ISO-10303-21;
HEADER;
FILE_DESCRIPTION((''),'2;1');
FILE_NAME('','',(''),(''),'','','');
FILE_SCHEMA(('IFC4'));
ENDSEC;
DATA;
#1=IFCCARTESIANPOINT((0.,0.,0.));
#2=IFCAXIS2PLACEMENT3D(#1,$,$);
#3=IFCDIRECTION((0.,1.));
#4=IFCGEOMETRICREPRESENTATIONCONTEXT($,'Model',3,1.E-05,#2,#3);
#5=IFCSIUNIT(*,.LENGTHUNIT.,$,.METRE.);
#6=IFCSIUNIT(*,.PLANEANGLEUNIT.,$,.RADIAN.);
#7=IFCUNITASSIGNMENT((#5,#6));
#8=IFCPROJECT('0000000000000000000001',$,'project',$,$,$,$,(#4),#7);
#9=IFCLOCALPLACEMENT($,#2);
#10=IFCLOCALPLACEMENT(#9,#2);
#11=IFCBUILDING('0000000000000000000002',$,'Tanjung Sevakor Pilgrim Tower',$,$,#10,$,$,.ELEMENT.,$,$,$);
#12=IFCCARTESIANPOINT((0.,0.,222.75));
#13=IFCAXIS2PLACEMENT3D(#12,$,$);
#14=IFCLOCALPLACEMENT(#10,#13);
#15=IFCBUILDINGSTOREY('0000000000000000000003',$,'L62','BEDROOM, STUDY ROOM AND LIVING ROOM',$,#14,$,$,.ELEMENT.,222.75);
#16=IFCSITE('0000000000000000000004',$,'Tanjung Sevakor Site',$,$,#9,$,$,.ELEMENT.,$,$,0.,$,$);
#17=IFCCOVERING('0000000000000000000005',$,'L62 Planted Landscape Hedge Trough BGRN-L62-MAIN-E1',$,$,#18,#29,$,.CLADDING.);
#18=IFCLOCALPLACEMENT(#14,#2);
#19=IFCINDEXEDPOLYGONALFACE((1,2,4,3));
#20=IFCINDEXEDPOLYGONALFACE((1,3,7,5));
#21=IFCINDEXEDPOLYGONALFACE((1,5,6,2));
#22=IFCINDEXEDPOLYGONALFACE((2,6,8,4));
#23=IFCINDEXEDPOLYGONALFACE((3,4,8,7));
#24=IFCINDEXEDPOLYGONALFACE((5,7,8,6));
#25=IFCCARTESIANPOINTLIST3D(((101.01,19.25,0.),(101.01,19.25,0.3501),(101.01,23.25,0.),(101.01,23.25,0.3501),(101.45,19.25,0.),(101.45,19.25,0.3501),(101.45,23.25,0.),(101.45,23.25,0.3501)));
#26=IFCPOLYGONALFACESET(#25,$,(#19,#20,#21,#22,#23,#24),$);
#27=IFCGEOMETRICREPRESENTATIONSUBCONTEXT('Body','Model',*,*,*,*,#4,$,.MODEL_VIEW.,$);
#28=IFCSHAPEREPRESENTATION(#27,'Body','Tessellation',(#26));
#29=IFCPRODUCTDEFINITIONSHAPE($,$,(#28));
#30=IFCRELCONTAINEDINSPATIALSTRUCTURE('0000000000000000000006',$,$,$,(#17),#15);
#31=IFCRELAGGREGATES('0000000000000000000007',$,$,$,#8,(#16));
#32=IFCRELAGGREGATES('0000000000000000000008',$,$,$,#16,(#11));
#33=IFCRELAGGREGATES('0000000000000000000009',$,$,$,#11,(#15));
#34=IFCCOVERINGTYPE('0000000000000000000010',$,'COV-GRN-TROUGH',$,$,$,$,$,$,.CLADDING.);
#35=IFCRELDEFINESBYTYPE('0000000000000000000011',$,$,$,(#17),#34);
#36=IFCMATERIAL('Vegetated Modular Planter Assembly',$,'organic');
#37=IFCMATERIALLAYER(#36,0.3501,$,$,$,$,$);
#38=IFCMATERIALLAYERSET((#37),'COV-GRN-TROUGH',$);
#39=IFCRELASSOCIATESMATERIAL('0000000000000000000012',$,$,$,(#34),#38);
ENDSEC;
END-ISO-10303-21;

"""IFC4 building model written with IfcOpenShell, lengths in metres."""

from ifc_helpers import new_model, si_unit, direction, frame, origin, place, context, subcontext, project, spatial, polyline, outline, extrude, material, layer, layer_set, type_object, element, save


model = new_model("IFC4")

# Units and contexts
model_context = context("Model", 3, precision=1e-05, world=origin(), true_north=direction((0.0, 1.0)))
body_context = subcontext(model_context, "Body", "Model", "MODEL_VIEW")
ifc_project = project(units=[si_unit("LENGTHUNIT", "METRE"), si_unit("PLANEANGLEUNIT", "RADIAN")], contexts=[model_context])

# Site, building, storey
site_placement = place(None, origin())
site = spatial("IfcSite", under=ifc_project, at=site_placement, Name="Tanjung Sevakor Site", CompositionType="ELEMENT", RefElevation=0.0)
building_placement = place(site_placement, origin())
building = spatial("IfcBuilding", under=site, at=building_placement, Name="Tanjung Sevakor Pilgrim Tower", CompositionType="ELEMENT")
storey_placement = place(building_placement, frame((0.0, 0.0, 222.75)))
storey = spatial("IfcBuildingStorey", under=building, at=storey_placement, Name="L62", Description="BEDROOM, STUDY ROOM AND LIVING ROOM", CompositionType="ELEMENT", Elevation=222.75)

# Covering
ifc_material_1 = material(Name="Vegetated Modular Planter Assembly", Category="organic")
ifc_layer_1 = layer(ifc_material_1, 0.3501)
ifc_layer_set_1 = layer_set([ifc_layer_1], Name="COV-GRN-TROUGH")
covering_type_1 = type_object("IfcCoveringType", Name="COV-GRN-TROUGH", PredefinedType="CLADDING", material=ifc_layer_set_1)
covering_1_placement = place(storey_placement, origin())
element("IfcCovering", 1, at=covering_1_placement, inside=storey, type_object=covering_type_1, Name="L62 Planted Landscape Hedge Trough BGRN-L62-MAIN-E1", PredefinedType="CLADDING", context=body_context, shape_type="SweptSolid", body=[
    extrude(outline(polyline([(101.45, 19.25), (101.45, 23.25), (101.01, 23.25), (101.01, 19.25), (101.45, 19.25)])), origin(), (0.0, 0.0, 1.0), 0.3501),
])

save(model, "model.ifc")
